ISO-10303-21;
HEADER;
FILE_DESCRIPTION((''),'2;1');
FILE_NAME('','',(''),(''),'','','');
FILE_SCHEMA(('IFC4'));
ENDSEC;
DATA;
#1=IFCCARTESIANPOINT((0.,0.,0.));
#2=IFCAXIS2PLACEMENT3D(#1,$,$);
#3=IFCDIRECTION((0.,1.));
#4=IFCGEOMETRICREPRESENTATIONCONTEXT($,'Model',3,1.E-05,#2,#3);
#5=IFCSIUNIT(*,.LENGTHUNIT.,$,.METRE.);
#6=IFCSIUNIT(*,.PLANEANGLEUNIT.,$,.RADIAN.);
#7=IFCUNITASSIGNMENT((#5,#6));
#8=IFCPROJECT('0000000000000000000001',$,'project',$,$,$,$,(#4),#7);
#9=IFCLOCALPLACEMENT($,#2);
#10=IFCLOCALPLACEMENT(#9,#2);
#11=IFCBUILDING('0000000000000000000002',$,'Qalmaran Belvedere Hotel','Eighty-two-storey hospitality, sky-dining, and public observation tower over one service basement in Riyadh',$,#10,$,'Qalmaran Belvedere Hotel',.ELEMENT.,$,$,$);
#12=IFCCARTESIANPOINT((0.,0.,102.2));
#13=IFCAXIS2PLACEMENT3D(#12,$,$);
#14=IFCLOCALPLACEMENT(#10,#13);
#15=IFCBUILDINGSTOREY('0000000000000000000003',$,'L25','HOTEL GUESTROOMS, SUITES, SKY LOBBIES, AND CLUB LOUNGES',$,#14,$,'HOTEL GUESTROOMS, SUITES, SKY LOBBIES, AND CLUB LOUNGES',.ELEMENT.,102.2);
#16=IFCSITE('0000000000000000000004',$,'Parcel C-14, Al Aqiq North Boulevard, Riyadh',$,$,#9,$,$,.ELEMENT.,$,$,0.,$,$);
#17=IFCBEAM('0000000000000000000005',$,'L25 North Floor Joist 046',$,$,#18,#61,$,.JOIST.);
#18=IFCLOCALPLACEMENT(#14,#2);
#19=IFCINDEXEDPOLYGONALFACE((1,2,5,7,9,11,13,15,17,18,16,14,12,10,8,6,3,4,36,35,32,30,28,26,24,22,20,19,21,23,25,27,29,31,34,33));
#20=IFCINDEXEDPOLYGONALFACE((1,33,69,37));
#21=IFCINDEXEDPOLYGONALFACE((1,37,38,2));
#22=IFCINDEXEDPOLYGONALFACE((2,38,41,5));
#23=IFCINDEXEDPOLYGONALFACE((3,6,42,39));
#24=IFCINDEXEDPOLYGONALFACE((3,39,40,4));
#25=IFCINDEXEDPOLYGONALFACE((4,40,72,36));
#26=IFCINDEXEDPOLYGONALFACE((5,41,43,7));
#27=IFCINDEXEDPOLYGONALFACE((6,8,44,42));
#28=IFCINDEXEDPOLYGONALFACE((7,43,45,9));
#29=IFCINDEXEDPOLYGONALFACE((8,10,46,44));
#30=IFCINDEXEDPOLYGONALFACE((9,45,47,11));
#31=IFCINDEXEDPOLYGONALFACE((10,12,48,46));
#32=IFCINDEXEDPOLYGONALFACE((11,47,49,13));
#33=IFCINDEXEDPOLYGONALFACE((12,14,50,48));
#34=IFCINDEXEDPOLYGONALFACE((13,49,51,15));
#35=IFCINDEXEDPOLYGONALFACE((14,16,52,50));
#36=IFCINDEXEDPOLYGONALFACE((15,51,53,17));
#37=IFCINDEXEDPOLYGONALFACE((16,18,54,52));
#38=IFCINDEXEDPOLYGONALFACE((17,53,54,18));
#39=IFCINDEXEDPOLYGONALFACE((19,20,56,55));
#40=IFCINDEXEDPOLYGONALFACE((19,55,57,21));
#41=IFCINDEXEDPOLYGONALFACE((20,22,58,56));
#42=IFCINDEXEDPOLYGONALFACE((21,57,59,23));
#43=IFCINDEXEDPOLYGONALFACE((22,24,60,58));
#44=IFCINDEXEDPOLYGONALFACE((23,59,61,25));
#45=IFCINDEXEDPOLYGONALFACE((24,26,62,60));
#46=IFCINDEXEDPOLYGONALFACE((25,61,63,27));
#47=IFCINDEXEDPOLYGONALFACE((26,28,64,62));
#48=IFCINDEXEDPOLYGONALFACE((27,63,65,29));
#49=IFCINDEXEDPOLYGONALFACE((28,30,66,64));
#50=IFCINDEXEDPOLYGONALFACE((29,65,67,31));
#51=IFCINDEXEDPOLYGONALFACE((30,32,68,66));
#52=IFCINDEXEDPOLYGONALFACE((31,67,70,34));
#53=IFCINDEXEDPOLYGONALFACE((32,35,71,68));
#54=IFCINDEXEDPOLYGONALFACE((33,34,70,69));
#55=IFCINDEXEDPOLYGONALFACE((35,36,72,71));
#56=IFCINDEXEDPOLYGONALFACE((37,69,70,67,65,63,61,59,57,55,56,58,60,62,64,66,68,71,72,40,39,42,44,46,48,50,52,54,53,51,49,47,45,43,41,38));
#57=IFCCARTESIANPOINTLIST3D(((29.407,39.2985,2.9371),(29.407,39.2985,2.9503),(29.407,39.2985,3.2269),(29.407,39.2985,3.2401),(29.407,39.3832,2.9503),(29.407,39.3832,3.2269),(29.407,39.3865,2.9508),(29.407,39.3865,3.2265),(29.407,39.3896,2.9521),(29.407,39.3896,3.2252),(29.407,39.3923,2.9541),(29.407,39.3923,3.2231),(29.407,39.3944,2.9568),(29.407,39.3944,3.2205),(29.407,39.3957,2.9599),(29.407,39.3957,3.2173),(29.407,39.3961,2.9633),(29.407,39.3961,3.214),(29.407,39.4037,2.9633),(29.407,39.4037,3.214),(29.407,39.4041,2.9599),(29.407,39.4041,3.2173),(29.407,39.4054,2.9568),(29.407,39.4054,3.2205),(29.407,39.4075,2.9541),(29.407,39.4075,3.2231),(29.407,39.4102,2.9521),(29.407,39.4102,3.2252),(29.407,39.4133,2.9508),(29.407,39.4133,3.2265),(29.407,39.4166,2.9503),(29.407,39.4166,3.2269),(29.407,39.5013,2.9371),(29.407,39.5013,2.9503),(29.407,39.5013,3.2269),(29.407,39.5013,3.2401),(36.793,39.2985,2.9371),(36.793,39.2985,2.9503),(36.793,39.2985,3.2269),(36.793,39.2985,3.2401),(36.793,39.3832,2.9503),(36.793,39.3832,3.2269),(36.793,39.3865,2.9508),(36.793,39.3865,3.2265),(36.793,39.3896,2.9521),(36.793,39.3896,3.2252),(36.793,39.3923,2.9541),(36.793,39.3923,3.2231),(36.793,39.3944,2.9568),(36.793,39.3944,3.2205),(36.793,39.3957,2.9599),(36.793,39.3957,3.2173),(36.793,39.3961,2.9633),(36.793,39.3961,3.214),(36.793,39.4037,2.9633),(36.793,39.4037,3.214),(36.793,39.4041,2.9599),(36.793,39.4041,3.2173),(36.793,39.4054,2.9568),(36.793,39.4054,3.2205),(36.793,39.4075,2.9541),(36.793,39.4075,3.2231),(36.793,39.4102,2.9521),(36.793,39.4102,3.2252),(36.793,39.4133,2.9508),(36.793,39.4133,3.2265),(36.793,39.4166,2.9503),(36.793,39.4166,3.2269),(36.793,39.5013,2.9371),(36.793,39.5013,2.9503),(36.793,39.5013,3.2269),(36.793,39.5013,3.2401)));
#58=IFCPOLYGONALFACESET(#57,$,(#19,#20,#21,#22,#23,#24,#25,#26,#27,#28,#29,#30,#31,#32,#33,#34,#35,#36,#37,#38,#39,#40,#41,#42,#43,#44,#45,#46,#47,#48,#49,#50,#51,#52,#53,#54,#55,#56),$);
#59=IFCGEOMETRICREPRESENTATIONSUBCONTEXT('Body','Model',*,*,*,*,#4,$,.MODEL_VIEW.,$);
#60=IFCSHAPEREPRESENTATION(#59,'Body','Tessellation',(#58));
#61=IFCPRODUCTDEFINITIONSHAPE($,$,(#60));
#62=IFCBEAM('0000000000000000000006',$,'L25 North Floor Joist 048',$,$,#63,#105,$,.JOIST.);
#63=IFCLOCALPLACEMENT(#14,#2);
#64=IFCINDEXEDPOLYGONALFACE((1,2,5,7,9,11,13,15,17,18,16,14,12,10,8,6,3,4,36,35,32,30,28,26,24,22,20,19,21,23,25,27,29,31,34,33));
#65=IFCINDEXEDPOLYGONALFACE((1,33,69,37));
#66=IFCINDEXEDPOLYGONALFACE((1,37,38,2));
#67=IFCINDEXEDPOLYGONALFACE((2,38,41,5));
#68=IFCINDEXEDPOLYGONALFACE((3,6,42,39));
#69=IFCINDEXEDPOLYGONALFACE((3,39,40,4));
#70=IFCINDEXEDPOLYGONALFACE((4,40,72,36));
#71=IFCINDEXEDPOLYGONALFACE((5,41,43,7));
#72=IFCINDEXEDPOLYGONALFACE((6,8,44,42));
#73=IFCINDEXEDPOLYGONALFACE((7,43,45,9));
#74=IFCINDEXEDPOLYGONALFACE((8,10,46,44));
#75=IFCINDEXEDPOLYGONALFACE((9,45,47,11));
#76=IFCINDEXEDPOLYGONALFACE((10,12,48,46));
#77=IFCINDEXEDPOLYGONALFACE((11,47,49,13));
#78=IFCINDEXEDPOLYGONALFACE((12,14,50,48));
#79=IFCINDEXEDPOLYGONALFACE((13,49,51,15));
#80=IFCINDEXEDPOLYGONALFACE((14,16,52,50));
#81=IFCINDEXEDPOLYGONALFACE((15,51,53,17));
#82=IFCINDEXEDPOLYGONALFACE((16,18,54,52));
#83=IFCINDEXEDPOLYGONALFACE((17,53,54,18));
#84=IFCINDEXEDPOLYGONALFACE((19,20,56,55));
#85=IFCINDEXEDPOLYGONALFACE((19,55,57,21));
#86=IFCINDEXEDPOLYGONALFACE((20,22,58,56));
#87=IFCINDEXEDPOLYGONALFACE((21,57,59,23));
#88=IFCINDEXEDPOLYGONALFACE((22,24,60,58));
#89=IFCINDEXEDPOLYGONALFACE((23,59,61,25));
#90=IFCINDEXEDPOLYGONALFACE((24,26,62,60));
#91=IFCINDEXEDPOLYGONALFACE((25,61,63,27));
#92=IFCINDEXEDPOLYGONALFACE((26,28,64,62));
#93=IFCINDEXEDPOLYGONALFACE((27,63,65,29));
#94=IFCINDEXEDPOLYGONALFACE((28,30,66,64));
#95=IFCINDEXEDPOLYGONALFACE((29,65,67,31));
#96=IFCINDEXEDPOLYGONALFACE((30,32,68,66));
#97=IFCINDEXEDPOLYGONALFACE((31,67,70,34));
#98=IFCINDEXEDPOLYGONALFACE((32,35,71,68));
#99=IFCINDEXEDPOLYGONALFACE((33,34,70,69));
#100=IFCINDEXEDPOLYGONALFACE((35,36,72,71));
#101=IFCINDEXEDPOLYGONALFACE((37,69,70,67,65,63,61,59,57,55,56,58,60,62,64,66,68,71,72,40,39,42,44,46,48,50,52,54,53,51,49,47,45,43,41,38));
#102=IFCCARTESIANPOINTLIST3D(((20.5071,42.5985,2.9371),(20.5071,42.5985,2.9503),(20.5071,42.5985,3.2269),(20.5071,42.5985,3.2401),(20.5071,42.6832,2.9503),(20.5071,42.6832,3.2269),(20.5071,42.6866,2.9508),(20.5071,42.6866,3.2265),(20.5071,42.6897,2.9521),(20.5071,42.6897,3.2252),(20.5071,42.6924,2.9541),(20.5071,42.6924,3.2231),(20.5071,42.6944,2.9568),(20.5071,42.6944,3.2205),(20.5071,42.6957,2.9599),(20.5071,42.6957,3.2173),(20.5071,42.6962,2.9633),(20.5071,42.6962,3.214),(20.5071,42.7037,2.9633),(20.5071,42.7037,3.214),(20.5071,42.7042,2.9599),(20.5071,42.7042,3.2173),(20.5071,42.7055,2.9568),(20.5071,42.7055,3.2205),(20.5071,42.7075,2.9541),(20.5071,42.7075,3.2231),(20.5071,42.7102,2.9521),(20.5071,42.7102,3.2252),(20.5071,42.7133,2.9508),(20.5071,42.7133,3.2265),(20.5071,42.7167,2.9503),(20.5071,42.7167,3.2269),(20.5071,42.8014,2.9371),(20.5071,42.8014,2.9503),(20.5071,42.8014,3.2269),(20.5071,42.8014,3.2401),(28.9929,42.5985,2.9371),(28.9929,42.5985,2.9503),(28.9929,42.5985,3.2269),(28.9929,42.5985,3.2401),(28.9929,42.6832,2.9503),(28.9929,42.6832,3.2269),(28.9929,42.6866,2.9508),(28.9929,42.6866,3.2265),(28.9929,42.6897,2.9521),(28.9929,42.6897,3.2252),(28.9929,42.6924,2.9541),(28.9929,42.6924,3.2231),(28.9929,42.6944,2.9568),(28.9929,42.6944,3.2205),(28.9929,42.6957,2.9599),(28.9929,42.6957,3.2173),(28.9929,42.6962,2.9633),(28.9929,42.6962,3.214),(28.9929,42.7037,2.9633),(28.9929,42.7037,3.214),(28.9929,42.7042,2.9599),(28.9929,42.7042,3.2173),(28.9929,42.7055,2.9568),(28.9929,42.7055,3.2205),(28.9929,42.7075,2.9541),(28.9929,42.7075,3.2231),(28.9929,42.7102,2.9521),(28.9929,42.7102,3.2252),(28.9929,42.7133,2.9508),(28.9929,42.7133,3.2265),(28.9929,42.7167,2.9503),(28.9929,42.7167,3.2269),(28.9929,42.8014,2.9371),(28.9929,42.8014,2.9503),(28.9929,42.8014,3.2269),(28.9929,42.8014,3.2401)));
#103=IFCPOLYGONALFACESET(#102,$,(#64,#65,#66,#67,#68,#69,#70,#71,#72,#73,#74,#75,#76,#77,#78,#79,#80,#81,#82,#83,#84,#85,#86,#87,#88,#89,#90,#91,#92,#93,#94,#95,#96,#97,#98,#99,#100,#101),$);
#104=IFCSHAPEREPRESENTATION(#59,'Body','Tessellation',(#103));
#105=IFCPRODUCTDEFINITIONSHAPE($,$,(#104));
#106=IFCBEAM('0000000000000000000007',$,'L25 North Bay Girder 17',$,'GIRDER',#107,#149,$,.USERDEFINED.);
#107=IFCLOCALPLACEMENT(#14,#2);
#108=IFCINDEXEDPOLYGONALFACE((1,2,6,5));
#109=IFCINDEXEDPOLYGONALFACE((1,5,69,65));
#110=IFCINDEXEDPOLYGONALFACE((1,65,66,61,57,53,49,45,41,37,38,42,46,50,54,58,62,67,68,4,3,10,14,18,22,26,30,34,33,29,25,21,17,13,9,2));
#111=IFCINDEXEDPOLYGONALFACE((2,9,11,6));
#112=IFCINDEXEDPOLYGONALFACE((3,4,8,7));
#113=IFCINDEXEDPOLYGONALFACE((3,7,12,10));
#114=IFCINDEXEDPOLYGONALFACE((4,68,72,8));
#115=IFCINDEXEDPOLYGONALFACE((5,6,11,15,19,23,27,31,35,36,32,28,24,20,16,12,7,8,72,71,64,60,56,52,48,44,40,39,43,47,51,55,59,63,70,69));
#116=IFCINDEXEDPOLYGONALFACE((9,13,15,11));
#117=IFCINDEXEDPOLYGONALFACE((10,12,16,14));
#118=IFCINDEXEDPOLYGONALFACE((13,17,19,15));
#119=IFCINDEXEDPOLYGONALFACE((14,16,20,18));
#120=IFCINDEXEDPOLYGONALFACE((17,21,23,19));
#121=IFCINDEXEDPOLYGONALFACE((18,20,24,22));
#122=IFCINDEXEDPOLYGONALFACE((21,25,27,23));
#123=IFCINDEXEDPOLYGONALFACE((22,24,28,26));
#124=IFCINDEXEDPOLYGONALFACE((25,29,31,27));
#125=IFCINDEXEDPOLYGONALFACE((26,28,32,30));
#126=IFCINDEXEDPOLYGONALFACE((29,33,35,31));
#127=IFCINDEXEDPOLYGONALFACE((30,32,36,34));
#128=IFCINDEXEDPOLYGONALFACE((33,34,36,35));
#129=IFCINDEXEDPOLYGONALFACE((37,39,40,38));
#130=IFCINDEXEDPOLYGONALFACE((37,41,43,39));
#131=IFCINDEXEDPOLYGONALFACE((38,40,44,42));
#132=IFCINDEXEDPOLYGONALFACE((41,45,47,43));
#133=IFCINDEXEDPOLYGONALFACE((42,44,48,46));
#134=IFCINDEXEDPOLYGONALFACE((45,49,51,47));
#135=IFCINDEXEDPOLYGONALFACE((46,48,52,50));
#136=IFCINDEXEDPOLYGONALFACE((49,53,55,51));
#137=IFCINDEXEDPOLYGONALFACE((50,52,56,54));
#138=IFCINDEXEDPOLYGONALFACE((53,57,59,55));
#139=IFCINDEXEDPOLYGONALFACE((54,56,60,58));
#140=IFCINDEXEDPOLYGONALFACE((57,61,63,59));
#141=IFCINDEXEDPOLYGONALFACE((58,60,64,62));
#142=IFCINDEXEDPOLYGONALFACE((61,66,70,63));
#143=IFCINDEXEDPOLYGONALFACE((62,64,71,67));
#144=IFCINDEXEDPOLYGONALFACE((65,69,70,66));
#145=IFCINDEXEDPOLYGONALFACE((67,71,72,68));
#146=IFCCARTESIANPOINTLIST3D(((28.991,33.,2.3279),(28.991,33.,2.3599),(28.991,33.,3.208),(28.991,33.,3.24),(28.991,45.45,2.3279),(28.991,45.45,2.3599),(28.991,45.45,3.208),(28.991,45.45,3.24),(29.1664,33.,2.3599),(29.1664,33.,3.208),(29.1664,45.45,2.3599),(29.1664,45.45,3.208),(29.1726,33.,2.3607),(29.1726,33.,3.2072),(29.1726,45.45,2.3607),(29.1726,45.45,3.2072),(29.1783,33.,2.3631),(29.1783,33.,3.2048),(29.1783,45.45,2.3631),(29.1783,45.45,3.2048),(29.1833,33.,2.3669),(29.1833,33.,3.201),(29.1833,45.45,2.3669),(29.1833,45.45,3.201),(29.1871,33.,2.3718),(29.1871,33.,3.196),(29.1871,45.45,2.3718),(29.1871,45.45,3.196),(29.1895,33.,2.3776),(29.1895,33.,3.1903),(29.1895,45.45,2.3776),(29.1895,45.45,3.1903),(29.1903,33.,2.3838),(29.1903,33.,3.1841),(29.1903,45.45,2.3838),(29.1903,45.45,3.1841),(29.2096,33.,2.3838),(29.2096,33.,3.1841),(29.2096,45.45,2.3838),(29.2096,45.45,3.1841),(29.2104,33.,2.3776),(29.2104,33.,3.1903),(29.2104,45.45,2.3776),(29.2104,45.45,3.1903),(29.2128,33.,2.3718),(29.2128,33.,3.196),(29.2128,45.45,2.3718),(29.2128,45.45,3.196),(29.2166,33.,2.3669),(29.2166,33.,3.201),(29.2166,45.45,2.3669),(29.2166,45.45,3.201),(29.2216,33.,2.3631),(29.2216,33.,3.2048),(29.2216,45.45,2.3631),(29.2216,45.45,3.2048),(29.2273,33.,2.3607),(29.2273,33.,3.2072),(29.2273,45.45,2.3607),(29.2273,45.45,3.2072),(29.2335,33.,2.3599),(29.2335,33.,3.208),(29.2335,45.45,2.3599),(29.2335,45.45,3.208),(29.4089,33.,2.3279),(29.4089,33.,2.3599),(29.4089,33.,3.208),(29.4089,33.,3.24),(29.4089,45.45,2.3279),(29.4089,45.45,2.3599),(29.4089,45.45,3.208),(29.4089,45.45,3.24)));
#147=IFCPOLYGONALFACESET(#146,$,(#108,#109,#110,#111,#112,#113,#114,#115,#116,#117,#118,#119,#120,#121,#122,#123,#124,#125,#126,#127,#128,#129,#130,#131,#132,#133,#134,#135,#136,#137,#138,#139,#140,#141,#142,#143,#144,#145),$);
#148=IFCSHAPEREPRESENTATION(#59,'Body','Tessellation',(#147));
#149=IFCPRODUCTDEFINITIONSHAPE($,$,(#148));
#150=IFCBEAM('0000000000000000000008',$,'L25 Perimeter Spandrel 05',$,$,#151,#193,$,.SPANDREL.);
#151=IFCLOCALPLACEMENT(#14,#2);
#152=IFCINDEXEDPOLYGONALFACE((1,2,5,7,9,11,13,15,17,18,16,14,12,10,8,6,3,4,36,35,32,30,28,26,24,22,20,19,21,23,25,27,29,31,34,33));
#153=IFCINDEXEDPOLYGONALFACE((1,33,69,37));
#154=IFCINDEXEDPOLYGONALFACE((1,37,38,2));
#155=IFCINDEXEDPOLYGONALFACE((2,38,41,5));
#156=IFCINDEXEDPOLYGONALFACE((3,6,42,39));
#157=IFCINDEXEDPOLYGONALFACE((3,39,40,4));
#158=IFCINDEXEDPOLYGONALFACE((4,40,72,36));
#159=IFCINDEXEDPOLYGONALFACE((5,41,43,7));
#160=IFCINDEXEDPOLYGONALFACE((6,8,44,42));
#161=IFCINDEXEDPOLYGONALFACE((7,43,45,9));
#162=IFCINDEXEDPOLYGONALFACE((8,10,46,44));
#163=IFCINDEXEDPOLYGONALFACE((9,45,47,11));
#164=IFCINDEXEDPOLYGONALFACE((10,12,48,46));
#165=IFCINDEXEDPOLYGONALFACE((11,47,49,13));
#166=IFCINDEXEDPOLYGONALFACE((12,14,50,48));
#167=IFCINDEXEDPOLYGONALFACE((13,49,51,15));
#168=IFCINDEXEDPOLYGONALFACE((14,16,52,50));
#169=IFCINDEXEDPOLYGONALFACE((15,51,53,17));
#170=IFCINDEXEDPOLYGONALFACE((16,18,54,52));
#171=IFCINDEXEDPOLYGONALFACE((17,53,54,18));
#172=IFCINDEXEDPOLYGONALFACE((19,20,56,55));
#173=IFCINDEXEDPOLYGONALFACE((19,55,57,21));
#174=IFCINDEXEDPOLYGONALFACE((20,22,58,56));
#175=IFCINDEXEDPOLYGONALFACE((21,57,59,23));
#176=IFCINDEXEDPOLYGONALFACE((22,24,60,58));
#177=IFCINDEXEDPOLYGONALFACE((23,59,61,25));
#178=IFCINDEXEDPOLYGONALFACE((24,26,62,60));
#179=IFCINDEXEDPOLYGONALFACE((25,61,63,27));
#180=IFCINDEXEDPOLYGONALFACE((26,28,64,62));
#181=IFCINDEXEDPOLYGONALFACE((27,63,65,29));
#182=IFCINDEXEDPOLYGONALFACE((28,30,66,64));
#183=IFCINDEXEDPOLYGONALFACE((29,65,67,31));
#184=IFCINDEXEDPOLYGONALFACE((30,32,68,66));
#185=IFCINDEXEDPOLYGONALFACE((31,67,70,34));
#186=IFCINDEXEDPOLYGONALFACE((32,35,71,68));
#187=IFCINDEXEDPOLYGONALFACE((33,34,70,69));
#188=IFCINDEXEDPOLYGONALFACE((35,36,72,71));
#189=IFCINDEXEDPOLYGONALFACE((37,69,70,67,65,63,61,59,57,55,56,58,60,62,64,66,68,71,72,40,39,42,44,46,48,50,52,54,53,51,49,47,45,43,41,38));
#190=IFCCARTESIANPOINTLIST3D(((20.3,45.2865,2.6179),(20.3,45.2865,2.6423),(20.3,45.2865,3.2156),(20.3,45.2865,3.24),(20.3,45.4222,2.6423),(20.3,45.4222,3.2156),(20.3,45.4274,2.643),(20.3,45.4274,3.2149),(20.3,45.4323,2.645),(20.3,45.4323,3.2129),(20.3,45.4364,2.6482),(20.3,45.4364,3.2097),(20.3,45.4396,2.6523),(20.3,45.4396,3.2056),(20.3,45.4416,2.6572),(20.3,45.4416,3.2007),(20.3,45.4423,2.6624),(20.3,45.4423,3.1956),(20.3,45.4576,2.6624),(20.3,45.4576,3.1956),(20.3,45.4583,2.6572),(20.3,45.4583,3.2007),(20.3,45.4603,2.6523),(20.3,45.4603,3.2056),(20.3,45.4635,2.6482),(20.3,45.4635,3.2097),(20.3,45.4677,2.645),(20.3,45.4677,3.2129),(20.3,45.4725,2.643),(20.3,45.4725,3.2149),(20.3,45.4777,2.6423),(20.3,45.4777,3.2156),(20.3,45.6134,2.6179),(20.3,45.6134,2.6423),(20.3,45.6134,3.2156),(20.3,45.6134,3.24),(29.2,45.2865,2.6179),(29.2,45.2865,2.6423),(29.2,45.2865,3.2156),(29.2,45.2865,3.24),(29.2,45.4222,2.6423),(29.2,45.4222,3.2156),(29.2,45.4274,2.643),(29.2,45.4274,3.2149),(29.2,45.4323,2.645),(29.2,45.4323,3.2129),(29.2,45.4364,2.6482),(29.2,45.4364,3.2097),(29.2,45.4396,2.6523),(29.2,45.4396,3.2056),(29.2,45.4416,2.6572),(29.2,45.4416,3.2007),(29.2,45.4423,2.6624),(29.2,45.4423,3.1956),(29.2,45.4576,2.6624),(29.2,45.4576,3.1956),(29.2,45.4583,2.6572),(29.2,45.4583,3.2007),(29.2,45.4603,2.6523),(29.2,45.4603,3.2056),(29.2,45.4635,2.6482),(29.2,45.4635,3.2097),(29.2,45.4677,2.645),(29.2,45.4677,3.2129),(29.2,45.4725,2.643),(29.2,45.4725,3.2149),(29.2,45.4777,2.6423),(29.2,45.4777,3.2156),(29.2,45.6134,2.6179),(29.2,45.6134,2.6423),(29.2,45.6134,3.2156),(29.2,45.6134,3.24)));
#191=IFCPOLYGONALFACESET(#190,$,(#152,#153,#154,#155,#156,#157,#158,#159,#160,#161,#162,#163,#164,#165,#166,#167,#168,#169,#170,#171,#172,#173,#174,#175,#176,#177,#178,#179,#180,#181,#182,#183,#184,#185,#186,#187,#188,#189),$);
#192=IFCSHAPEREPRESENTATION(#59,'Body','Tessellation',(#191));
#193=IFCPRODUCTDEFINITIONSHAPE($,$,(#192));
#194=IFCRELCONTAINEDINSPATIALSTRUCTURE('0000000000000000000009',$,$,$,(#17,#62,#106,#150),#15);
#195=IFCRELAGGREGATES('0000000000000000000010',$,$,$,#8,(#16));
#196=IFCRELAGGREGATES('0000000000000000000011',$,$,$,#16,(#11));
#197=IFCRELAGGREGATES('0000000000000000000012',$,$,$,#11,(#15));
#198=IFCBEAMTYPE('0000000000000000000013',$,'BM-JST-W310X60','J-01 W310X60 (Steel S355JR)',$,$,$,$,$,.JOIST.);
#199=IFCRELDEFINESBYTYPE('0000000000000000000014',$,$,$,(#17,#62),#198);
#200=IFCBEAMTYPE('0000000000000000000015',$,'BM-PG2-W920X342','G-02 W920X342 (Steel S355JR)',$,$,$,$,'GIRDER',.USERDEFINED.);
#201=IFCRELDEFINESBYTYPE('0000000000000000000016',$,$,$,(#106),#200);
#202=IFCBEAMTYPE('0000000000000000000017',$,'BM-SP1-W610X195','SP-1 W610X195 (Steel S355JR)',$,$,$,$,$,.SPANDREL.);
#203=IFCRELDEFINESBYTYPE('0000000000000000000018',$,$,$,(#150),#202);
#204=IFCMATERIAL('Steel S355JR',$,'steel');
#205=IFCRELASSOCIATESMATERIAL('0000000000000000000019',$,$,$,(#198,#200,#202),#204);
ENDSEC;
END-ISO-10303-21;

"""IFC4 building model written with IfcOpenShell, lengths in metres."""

from ifc_helpers import new_model, si_unit, direction, frame, origin, origin_2d, place, context, subcontext, project, spatial, i_section, extrude, material, material_profile, profile_set, type_object, element, save


model = new_model("IFC4")

# Units and contexts
model_context = context("Model", 3, precision=1e-05, world=origin(), true_north=direction((0.0, 1.0)))
body_context = subcontext(model_context, "Body", "Model", "MODEL_VIEW")
ifc_project = project(units=[si_unit("LENGTHUNIT", "METRE"), si_unit("PLANEANGLEUNIT", "RADIAN")], contexts=[model_context])

# Site, building, storey
site_placement = place(None, origin())
site = spatial("IfcSite", under=ifc_project, at=site_placement, Name="Parcel C-14, Al Aqiq North Boulevard, Riyadh", CompositionType="ELEMENT", RefElevation=0.0)
building_placement = place(site_placement, origin())
building = spatial("IfcBuilding", under=site, at=building_placement, Name="Qalmaran Belvedere Hotel", Description="Eighty-two-storey hospitality, sky-dining, and public observation tower over one service basement in Riyadh", LongName="Qalmaran Belvedere Hotel", CompositionType="ELEMENT")
storey_placement = place(building_placement, frame((0.0, 0.0, 102.2)))
storey = spatial("IfcBuildingStorey", under=building, at=storey_placement, Name="L25", Description="HOTEL GUESTROOMS, SUITES, SKY LOBBIES, AND CLUB LOUNGES", LongName="HOTEL GUESTROOMS, SUITES, SKY LOBBIES, AND CLUB LOUNGES", CompositionType="ELEMENT", Elevation=102.2)

# Beams
ifc_material_1 = material(Name="Steel S355JR", Category="steel")
ifc_material_profile_1 = material_profile(ifc_material_1, i_section(OverallWidth=0.2029, OverallDepth=0.303, WebThickness=0.0076, FlangeThickness=0.0132, FilletRadius=0.0129, at=origin_2d()), Name="W310X60")
ifc_profile_set_1 = profile_set([ifc_material_profile_1], Name="Steel S355JR")
beam_type_1 = type_object("IfcBeamType", Name="BM-JST-W310X60", Description="J-01 W310X60 (Steel S355JR)", PredefinedType="JOIST", material=ifc_profile_set_1)
beam_1_placement = place(storey_placement, frame((29.407, 39.3999, 3.0886), z_axis=(1.0, 0.0, 0.0), x_axis=(0.0, 1.0, 0.0)))
element("IfcBeam", 1, at=beam_1_placement, inside=storey, type_object=beam_type_1, Name="L25 North Floor Joist 046", PredefinedType="JOIST", context=body_context, shape_type="SweptSolid", body=[
    extrude(i_section(OverallWidth=0.2029, OverallDepth=0.303, WebThickness=0.0076, FlangeThickness=0.0132, FilletRadius=0.0129, at=origin_2d()), origin(), (0.0, 0.0, 1.0), 7.386),
])
beam_2_placement = place(storey_placement, frame((20.5071, 42.7, 3.0886), z_axis=(1.0, 0.0, 0.0), x_axis=(0.0, 1.0, 0.0)))
element("IfcBeam", 2, at=beam_2_placement, inside=storey, type_object=beam_type_1, Name="L25 North Floor Joist 048", PredefinedType="JOIST", context=body_context, shape_type="SweptSolid", body=[
    extrude(i_section(OverallWidth=0.2029, OverallDepth=0.303, WebThickness=0.0076, FlangeThickness=0.0132, FilletRadius=0.0129, at=origin_2d()), origin(), (0.0, 0.0, 1.0), 8.4858),
])
ifc_material_profile_2 = material_profile(ifc_material_1, i_section(OverallWidth=0.418, OverallDepth=0.9121, WebThickness=0.0193, FlangeThickness=0.032, FilletRadius=0.0239, at=origin_2d()), Name="W920X342")
ifc_profile_set_2 = profile_set([ifc_material_profile_2], Name="Steel S355JR")
beam_type_2 = type_object("IfcBeamType", Name="BM-PG2-W920X342", Description="G-02 W920X342 (Steel S355JR)", ElementType="GIRDER", PredefinedType="USERDEFINED", material=ifc_profile_set_2)
beam_3_placement = place(storey_placement, frame((29.2, 33.0, 2.7839), z_axis=(0.0, 1.0, 0.0), x_axis=(-1.0, 0.0, 0.0)))
element("IfcBeam", 3, at=beam_3_placement, inside=storey, type_object=beam_type_2, Name="L25 North Bay Girder 17", ObjectType="GIRDER", PredefinedType="USERDEFINED", context=body_context, shape_type="SweptSolid", body=[
    extrude(i_section(OverallWidth=0.418, OverallDepth=0.9121, WebThickness=0.0193, FlangeThickness=0.032, FilletRadius=0.0239, at=origin_2d()), origin(), (0.0, 0.0, 1.0), 12.45),
])
ifc_material_profile_3 = material_profile(ifc_material_1, i_section(OverallWidth=0.3269, OverallDepth=0.6221, WebThickness=0.0154, FlangeThickness=0.0244, FilletRadius=0.02, at=origin_2d()), Name="W610X195")
ifc_profile_set_3 = profile_set([ifc_material_profile_3], Name="Steel S355JR")
beam_type_3 = type_object("IfcBeamType", Name="BM-SP1-W610X195", Description="SP-1 W610X195 (Steel S355JR)", PredefinedType="SPANDREL", material=ifc_profile_set_3)
beam_4_placement = place(storey_placement, frame((20.3, 45.45, 2.929), z_axis=(1.0, 0.0, 0.0), x_axis=(0.0, 1.0, 0.0)))
element("IfcBeam", 4, at=beam_4_placement, inside=storey, type_object=beam_type_3, Name="L25 Perimeter Spandrel 05", PredefinedType="SPANDREL", context=body_context, shape_type="SweptSolid", body=[
    extrude(i_section(OverallWidth=0.3269, OverallDepth=0.6221, WebThickness=0.0154, FlangeThickness=0.0244, FilletRadius=0.02, at=origin_2d()), origin(), (0.0, 0.0, 1.0), 8.8999),
])

save(model, "model.ifc")
